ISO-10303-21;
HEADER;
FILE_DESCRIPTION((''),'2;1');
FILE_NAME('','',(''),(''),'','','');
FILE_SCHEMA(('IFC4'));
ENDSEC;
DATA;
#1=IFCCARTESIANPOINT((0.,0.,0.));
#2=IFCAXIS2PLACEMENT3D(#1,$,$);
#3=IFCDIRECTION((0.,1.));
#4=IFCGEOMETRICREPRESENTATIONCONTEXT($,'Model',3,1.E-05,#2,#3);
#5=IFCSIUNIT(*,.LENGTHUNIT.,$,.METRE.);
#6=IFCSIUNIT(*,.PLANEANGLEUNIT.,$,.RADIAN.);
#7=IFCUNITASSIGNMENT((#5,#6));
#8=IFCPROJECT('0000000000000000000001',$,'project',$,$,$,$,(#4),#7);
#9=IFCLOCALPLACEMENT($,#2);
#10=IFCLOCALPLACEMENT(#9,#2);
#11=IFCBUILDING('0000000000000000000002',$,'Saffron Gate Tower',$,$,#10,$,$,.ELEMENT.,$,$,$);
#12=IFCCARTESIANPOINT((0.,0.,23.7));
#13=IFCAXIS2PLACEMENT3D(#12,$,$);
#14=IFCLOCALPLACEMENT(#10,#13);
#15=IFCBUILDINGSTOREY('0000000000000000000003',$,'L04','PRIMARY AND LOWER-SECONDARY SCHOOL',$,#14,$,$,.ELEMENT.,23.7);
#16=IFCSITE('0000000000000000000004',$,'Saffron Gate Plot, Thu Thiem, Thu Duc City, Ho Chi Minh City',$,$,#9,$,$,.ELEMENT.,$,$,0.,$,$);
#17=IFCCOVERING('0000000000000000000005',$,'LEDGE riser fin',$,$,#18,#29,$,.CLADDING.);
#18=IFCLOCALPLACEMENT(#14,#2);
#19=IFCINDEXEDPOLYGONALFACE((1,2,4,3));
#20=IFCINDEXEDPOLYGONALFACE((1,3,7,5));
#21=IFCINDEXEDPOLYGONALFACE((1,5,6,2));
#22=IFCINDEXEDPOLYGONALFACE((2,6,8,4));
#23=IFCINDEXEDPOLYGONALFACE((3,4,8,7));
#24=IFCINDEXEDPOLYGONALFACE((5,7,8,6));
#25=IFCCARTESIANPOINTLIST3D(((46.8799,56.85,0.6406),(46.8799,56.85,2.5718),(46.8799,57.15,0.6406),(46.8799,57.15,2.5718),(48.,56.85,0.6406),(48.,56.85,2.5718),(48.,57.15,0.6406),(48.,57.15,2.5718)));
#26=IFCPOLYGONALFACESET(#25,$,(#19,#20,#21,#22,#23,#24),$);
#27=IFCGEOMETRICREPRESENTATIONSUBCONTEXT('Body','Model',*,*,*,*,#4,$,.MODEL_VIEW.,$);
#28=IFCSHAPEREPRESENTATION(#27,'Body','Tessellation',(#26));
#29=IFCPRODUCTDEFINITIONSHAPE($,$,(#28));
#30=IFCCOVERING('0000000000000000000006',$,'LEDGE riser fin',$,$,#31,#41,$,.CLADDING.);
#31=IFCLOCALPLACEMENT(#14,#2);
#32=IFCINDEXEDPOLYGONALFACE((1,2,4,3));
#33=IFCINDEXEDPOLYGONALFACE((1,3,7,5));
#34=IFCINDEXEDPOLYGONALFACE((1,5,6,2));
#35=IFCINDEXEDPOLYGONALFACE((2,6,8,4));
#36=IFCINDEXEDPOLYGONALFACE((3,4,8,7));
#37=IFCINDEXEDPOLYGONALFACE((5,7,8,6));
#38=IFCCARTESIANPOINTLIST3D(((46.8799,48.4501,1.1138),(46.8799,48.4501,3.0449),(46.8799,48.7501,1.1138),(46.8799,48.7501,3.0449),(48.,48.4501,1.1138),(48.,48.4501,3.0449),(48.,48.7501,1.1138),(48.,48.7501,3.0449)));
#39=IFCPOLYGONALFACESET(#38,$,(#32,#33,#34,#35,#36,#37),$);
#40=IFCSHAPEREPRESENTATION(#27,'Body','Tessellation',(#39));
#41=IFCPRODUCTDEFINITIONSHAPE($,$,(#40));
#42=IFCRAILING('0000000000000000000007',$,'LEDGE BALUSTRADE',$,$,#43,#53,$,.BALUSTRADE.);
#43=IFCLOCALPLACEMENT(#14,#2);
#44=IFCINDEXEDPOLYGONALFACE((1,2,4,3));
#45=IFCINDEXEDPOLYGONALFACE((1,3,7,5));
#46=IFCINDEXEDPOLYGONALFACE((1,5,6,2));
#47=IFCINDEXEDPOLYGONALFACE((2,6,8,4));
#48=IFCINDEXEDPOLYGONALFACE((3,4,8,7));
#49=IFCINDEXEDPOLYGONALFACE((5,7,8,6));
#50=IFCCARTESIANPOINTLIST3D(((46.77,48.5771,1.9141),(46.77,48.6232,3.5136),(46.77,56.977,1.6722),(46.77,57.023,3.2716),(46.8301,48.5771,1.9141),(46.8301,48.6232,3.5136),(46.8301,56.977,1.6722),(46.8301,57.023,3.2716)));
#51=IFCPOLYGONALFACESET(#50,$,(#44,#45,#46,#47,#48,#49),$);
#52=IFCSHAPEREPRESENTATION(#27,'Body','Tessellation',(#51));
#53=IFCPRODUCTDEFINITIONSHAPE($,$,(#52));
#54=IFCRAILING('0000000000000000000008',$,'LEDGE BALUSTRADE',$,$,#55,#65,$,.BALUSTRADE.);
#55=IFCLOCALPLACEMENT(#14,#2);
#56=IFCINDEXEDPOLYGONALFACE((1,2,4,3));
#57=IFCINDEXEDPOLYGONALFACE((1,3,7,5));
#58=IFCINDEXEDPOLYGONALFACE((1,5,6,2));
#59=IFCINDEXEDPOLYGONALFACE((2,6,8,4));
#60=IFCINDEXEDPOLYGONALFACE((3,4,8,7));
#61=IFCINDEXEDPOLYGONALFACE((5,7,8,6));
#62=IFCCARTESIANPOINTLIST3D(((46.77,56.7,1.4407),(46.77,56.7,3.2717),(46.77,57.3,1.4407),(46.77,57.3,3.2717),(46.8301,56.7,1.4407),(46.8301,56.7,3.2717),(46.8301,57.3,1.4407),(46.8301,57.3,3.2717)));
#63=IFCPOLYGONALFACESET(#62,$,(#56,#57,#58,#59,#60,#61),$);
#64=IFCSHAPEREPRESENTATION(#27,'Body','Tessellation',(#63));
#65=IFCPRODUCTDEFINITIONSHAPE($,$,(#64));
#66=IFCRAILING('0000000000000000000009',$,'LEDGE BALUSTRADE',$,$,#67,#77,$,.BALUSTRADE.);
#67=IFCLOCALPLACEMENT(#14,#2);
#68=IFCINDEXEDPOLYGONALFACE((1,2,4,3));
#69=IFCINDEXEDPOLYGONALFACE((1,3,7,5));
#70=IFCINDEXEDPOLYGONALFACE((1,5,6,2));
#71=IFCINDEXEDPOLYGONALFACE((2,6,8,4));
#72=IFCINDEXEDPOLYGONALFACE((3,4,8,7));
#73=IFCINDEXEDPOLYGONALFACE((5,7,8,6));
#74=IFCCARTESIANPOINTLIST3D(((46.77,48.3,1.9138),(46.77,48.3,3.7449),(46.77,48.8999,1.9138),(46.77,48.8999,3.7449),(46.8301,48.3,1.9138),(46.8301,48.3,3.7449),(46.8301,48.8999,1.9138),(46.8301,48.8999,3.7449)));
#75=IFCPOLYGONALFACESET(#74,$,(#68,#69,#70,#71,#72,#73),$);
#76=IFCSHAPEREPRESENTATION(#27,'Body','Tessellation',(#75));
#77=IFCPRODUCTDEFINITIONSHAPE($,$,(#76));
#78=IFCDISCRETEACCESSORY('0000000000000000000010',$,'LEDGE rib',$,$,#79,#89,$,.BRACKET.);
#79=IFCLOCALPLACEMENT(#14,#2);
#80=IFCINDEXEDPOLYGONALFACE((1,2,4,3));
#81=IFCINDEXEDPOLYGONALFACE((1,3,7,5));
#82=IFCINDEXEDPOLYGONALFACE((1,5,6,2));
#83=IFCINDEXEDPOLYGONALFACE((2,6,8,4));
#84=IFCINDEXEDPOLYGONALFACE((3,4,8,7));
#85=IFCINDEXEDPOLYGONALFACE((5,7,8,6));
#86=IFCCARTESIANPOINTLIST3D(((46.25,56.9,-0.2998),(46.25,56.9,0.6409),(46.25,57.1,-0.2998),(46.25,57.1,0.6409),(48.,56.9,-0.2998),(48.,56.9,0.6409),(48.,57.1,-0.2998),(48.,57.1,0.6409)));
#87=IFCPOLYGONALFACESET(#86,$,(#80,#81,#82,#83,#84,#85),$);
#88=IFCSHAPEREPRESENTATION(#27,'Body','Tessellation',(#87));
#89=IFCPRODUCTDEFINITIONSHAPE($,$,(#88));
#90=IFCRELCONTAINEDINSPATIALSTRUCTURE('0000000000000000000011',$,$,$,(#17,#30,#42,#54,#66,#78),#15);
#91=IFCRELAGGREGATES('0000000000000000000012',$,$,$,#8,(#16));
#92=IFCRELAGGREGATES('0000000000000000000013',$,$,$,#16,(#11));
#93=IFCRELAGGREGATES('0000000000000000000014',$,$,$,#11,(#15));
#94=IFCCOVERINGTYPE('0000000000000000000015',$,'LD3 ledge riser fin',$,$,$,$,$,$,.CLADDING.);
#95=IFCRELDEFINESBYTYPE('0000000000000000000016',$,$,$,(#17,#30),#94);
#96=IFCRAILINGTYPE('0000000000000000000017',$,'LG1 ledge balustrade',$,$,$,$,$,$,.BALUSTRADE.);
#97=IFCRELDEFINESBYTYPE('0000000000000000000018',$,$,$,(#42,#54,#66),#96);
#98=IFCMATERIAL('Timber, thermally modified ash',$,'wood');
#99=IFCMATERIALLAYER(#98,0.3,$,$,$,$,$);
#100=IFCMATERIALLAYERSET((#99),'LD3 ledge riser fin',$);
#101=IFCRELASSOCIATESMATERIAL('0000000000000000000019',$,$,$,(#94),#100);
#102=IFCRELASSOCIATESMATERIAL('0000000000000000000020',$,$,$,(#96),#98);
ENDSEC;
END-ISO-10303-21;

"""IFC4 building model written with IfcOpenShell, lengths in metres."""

from ifc_helpers import new_model, si_unit, direction, frame, origin, origin_2d, place, context, subcontext, project, spatial, rectangle, extrude, material, layer, layer_set, type_object, element, save


model = new_model("IFC4")

# Units and contexts
model_context = context("Model", 3, precision=1e-05, world=origin(), true_north=direction((0.0, 1.0)))
body_context = subcontext(model_context, "Body", "Model", "MODEL_VIEW")
ifc_project = project(units=[si_unit("LENGTHUNIT", "METRE"), si_unit("PLANEANGLEUNIT", "RADIAN")], contexts=[model_context])

# Site, building, storey
site_placement = place(None, origin())
site = spatial("IfcSite", under=ifc_project, at=site_placement, Name="Saffron Gate Plot, Thu Thiem, Thu Duc City, Ho Chi Minh City", CompositionType="ELEMENT", RefElevation=0.0)
building_placement = place(site_placement, origin())
building = spatial("IfcBuilding", under=site, at=building_placement, Name="Saffron Gate Tower", CompositionType="ELEMENT")
storey_placement = place(building_placement, frame((0.0, 0.0, 23.7)))
storey = spatial("IfcBuildingStorey", under=building, at=storey_placement, Name="L04", Description="PRIMARY AND LOWER-SECONDARY SCHOOL", CompositionType="ELEMENT", Elevation=23.7)

# Coverings
ifc_material_1 = material(Name="Timber, thermally modified ash", Category="wood")
ifc_layer_1 = layer(ifc_material_1, 0.3)
ifc_layer_set_1 = layer_set([ifc_layer_1], Name="LD3 ledge riser fin")
covering_type_1 = type_object("IfcCoveringType", Name="LD3 ledge riser fin", PredefinedType="CLADDING", material=ifc_layer_set_1)
for number, where, z_axis, x_axis, name in (
    (1, (47.4399, 57.0, 0.6406), (0.0, 0.0, 1.0), (0.0, -1.0, 0.0), "LEDGE riser fin"),
    (2, (47.4399, 48.6001, 1.1138), (0.0, 0.0, 1.0), (0.0, -1.0, 0.0), "LEDGE riser fin"),
):
    element("IfcCovering", number, at=place(storey_placement, frame(where, z_axis=z_axis, x_axis=x_axis)), inside=storey, type_object=covering_type_1, Name=name, PredefinedType="CLADDING", context=body_context, shape_type="SweptSolid", body=[
        extrude(rectangle(XDim=0.3, YDim=1.1201, at=origin_2d()), origin(), (0.0, 0.0, 1.0), 1.9312),
    ])

# Railings
railing_type = type_object("IfcRailingType", Name="LG1 ledge balustrade", PredefinedType="BALUSTRADE", material=ifc_material_1)
railing_1_placement = place(storey_placement, frame((46.8, 57.0, 1.6719)))
element("IfcRailing", 3, at=railing_1_placement, inside=storey, type_object=railing_type, Name="LEDGE BALUSTRADE", PredefinedType="BALUSTRADE", context=body_context, shape_type="SweptSolid", body=[
    extrude(rectangle(XDim=0.0601, YDim=1.6001, at=origin_2d()), frame((0.0, 0.0, 0.8), z_axis=(0.0, -0.999585, 0.028791), x_axis=(1.0, 0.0, 0.0)), (0.0, 0.0, 1.0), 8.4033),
])
railing_2_placement = place(storey_placement, frame((46.8, 57.3, 1.4407)))
element("IfcRailing", 4, at=railing_2_placement, inside=storey, type_object=railing_type, Name="LEDGE BALUSTRADE", PredefinedType="BALUSTRADE", context=body_context, shape_type="SweptSolid", body=[
    extrude(rectangle(XDim=0.0601, YDim=1.8311, at=origin_2d()), frame((0.0, 0.0, 0.9155), z_axis=(0.0, -1.0, 0.0), x_axis=(1.0, 0.0, 0.0)), (0.0, 0.0, 1.0), 0.6001),
])
railing_3_placement = place(storey_placement, frame((46.8, 48.8999, 1.9138)))
element("IfcRailing", 5, at=railing_3_placement, inside=storey, type_object=railing_type, Name="LEDGE BALUSTRADE", PredefinedType="BALUSTRADE", context=body_context, shape_type="SweptSolid", body=[
    extrude(rectangle(XDim=0.0601, YDim=1.8311, at=origin_2d()), frame((0.0, 0.0, 0.9155), z_axis=(0.0, -1.0, 0.0), x_axis=(1.0, 0.0, 0.0)), (0.0, 0.0, 1.0), 0.5999),
])

# Discrete accessory
discrete_accessory_placement = place(storey_placement, frame((47.125, 57.0, -0.2998), z_axis=(0.0, 0.0, 1.0), x_axis=(0.0, -1.0, 0.0)))
element("IfcDiscreteAccessory", 6, at=discrete_accessory_placement, inside=storey, Name="LEDGE rib", PredefinedType="BRACKET", context=body_context, shape_type="SweptSolid", body=[
    extrude(rectangle(XDim=0.2, YDim=1.75, at=origin_2d()), origin(), (0.0, 0.0, 1.0), 0.9407),
])

save(model, "model.ifc")
